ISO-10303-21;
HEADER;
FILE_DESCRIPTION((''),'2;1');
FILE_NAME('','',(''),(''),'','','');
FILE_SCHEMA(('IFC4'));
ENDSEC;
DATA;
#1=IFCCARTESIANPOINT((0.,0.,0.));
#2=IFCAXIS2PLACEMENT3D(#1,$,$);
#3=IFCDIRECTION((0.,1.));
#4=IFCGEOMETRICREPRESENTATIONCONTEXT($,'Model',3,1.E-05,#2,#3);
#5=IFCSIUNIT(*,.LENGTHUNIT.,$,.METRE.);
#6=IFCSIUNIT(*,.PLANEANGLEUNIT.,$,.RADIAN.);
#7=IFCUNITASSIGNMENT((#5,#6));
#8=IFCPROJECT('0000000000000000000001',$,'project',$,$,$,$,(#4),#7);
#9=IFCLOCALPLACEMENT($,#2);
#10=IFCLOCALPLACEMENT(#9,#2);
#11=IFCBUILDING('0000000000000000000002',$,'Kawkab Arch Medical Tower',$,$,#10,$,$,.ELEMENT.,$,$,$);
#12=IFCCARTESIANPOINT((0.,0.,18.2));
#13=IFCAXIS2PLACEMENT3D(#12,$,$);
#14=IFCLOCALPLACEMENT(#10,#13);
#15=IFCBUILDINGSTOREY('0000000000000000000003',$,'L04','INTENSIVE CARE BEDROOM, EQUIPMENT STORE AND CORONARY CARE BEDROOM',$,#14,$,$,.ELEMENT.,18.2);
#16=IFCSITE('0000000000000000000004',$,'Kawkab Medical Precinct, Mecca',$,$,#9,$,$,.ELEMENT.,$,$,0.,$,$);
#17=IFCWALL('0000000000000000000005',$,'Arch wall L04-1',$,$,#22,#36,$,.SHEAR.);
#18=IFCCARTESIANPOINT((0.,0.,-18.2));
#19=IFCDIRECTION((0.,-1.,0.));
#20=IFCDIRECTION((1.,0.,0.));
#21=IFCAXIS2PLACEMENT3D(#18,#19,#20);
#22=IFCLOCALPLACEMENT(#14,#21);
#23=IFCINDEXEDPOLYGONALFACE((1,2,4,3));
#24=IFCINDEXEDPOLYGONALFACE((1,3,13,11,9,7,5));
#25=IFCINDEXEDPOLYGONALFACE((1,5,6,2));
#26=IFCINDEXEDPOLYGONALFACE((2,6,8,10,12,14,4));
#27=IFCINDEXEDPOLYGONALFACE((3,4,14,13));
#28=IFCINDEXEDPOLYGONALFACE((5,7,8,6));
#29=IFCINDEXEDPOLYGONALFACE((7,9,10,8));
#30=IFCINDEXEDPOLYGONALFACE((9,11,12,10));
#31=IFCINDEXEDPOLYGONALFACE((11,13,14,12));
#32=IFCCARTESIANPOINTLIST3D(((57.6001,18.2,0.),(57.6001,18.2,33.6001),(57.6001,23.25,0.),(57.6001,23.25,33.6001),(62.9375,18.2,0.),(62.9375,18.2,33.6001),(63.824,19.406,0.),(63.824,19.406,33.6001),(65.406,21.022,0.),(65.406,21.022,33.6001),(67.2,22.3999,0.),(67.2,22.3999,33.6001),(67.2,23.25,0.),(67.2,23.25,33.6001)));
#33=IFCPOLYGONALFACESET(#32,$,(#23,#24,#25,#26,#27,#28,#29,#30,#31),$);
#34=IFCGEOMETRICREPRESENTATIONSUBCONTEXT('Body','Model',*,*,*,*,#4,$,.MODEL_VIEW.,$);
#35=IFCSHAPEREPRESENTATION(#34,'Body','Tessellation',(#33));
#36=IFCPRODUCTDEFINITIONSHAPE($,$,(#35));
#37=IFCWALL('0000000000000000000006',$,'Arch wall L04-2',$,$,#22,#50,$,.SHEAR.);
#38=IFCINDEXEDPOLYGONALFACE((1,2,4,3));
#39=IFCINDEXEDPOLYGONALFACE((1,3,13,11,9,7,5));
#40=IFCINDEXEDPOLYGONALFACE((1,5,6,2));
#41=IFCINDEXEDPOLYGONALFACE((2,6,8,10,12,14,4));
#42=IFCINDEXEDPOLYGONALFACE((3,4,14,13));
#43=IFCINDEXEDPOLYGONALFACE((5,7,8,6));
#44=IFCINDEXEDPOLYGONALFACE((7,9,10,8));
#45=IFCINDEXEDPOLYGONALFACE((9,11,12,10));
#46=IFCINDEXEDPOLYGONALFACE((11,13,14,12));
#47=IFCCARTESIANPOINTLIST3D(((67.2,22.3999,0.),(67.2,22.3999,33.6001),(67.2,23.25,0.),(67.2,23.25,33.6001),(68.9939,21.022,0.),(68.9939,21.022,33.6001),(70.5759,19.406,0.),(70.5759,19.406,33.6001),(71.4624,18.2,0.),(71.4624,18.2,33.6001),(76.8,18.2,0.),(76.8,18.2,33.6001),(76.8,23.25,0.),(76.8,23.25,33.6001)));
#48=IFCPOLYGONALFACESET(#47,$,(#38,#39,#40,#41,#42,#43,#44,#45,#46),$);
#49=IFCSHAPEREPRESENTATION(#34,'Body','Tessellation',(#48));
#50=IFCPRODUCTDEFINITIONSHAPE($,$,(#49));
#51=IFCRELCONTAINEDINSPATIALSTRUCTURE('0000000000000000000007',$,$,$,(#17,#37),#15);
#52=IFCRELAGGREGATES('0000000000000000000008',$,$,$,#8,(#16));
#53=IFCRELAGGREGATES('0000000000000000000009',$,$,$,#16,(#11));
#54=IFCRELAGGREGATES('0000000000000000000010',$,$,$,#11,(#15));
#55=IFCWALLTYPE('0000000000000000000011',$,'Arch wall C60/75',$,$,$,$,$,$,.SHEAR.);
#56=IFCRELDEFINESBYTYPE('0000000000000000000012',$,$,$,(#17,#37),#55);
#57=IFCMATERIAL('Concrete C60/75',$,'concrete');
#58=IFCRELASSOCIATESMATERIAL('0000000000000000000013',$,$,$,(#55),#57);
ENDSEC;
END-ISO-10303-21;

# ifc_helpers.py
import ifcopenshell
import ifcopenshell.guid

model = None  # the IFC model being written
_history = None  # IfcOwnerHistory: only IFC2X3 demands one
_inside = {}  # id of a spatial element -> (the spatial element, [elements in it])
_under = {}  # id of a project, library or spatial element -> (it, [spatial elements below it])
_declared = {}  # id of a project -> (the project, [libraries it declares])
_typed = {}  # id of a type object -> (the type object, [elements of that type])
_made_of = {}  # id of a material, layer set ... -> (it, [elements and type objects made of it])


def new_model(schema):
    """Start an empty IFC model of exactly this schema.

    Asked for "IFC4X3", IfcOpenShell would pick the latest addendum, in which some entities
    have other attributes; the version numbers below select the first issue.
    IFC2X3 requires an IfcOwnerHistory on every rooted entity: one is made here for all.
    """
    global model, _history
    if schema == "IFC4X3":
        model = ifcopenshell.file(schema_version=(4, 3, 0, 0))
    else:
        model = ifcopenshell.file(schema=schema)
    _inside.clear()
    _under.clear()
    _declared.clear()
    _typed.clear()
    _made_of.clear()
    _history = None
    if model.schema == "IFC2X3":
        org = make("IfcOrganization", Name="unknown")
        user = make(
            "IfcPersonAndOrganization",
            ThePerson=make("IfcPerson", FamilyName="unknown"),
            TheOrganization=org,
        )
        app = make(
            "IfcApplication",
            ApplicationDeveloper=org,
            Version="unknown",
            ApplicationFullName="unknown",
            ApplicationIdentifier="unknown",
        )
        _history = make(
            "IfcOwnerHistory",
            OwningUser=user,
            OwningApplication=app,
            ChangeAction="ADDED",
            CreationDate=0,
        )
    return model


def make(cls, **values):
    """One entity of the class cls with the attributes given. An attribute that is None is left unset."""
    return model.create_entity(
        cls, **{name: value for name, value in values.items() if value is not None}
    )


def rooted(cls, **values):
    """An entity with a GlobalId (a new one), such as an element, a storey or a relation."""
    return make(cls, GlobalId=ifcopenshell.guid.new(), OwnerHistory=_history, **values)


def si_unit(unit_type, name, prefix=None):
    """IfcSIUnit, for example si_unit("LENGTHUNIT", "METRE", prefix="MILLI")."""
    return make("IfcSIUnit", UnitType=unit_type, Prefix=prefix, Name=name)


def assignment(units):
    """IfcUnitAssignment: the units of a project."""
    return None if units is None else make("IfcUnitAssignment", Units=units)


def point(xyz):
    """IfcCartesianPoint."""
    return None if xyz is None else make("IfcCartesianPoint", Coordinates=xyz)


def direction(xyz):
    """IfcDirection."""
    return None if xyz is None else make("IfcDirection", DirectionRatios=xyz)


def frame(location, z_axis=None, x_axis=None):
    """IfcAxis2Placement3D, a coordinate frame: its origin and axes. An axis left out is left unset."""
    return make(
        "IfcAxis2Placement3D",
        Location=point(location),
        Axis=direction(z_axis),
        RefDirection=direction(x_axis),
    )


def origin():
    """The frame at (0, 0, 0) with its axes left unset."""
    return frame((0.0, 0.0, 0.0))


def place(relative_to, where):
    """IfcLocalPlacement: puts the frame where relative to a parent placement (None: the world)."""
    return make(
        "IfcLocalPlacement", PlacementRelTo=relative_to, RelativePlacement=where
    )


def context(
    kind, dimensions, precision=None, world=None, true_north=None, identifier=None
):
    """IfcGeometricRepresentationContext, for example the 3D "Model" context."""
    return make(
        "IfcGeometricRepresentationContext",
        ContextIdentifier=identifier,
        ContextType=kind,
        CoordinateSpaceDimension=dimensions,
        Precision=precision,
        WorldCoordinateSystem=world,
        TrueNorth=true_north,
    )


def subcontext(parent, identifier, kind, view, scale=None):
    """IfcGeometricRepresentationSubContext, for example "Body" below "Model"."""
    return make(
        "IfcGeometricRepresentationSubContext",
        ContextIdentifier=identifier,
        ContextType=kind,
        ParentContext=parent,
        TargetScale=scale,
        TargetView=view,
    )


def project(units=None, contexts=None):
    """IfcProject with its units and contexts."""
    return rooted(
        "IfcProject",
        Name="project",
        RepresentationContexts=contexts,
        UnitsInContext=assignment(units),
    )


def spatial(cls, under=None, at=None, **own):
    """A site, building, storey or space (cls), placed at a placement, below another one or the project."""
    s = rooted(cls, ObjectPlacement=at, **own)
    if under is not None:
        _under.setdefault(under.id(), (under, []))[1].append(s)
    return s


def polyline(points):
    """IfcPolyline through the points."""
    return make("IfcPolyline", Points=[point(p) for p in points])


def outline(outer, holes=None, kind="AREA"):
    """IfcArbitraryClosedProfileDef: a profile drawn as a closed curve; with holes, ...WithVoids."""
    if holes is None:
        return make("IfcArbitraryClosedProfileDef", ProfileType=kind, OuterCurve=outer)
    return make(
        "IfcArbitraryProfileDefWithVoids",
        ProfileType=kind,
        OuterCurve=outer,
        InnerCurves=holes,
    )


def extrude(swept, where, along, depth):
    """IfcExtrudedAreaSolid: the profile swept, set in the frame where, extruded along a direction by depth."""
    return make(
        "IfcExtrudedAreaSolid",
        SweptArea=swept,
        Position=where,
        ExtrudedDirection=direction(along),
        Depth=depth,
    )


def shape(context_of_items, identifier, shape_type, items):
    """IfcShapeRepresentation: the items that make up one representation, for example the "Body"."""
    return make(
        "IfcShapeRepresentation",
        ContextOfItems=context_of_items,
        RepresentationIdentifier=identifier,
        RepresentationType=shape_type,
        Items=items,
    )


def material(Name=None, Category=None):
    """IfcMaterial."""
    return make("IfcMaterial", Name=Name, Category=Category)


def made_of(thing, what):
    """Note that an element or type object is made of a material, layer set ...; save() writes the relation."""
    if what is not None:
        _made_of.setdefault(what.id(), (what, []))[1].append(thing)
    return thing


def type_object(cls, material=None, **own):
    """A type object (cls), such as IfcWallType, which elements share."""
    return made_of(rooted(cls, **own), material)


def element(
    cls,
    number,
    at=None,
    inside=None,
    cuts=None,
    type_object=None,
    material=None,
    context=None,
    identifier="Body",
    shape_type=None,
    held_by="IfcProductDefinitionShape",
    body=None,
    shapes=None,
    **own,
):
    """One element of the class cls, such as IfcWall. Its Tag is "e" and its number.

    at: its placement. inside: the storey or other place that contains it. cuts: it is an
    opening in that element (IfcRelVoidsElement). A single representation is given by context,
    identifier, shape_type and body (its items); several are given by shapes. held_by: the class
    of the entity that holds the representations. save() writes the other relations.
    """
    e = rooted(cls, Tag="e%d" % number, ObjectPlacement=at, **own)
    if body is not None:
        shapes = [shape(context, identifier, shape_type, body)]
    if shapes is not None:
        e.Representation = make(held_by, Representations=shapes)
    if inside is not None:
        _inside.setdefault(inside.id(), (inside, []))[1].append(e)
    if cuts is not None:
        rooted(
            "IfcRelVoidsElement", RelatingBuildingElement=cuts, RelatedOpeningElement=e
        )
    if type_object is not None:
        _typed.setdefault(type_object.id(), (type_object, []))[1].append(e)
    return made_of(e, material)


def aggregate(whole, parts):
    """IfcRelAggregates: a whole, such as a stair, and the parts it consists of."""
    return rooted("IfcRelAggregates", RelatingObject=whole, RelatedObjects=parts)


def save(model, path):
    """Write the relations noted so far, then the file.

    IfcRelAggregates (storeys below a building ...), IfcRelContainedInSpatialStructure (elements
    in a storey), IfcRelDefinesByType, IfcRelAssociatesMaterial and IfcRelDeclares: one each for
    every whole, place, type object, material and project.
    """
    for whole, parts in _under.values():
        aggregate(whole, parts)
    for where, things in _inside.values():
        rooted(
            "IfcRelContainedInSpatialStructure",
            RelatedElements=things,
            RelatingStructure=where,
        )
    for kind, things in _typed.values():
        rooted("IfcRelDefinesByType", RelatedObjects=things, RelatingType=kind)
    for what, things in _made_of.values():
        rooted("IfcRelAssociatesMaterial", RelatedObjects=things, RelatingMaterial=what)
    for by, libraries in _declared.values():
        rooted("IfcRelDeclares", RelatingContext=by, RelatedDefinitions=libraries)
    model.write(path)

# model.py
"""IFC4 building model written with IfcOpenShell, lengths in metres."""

from ifc_helpers import new_model, si_unit, direction, frame, origin, place, context, subcontext, project, spatial, polyline, outline, extrude, material, type_object, element, save


model = new_model("IFC4")

# Units and contexts
model_context = context("Model", 3, precision=1e-05, world=origin(), true_north=direction((0.0, 1.0)))
body_context = subcontext(model_context, "Body", "Model", "MODEL_VIEW")
ifc_project = project(units=[si_unit("LENGTHUNIT", "METRE"), si_unit("PLANEANGLEUNIT", "RADIAN")], contexts=[model_context])

# Site, building, storey
site_placement = place(None, origin())
site = spatial("IfcSite", under=ifc_project, at=site_placement, Name="Kawkab Medical Precinct, Mecca", CompositionType="ELEMENT", RefElevation=0.0)
building_placement = place(site_placement, origin())
building = spatial("IfcBuilding", under=site, at=building_placement, Name="Kawkab Arch Medical Tower", CompositionType="ELEMENT")
storey_placement = place(building_placement, frame((0.0, 0.0, 18.2)))
storey = spatial("IfcBuildingStorey", under=building, at=storey_placement, Name="L04", Description="INTENSIVE CARE BEDROOM, EQUIPMENT STORE AND CORONARY CARE BEDROOM", CompositionType="ELEMENT", Elevation=18.2)

# Walls
ifc_material_1 = material(Name="Concrete C60/75", Category="concrete")
wall_type = type_object("IfcWallType", Name="Arch wall C60/75", PredefinedType="SHEAR", material=ifc_material_1)
placement = place(storey_placement, frame((0.0, 0.0, -18.2), z_axis=(0.0, -1.0, 0.0), x_axis=(1.0, 0.0, 0.0)))
element("IfcWall", 1, at=placement, inside=storey, type_object=wall_type, Name="Arch wall L04-1", PredefinedType="SHEAR", context=body_context, shape_type="SweptSolid", body=[
    extrude(outline(polyline([(67.2, 23.25), (67.2, 22.3999), (65.406, 21.022), (63.824, 19.406), (62.9375, 18.2), (57.6001, 18.2), (57.6001, 23.25), (67.2, 23.25)])), origin(), (0.0, 0.0, 1.0), 33.6001),
])
element("IfcWall", 2, at=placement, inside=storey, type_object=wall_type, Name="Arch wall L04-2", PredefinedType="SHEAR", context=body_context, shape_type="SweptSolid", body=[
    extrude(outline(polyline([(76.8, 23.25), (76.8, 18.2), (71.4624, 18.2), (70.5759, 19.406), (68.9939, 21.022), (67.2, 22.3999), (67.2, 23.25), (76.8, 23.25)])), origin(), (0.0, 0.0, 1.0), 33.6001),
])

save(model, "model.ifc")
